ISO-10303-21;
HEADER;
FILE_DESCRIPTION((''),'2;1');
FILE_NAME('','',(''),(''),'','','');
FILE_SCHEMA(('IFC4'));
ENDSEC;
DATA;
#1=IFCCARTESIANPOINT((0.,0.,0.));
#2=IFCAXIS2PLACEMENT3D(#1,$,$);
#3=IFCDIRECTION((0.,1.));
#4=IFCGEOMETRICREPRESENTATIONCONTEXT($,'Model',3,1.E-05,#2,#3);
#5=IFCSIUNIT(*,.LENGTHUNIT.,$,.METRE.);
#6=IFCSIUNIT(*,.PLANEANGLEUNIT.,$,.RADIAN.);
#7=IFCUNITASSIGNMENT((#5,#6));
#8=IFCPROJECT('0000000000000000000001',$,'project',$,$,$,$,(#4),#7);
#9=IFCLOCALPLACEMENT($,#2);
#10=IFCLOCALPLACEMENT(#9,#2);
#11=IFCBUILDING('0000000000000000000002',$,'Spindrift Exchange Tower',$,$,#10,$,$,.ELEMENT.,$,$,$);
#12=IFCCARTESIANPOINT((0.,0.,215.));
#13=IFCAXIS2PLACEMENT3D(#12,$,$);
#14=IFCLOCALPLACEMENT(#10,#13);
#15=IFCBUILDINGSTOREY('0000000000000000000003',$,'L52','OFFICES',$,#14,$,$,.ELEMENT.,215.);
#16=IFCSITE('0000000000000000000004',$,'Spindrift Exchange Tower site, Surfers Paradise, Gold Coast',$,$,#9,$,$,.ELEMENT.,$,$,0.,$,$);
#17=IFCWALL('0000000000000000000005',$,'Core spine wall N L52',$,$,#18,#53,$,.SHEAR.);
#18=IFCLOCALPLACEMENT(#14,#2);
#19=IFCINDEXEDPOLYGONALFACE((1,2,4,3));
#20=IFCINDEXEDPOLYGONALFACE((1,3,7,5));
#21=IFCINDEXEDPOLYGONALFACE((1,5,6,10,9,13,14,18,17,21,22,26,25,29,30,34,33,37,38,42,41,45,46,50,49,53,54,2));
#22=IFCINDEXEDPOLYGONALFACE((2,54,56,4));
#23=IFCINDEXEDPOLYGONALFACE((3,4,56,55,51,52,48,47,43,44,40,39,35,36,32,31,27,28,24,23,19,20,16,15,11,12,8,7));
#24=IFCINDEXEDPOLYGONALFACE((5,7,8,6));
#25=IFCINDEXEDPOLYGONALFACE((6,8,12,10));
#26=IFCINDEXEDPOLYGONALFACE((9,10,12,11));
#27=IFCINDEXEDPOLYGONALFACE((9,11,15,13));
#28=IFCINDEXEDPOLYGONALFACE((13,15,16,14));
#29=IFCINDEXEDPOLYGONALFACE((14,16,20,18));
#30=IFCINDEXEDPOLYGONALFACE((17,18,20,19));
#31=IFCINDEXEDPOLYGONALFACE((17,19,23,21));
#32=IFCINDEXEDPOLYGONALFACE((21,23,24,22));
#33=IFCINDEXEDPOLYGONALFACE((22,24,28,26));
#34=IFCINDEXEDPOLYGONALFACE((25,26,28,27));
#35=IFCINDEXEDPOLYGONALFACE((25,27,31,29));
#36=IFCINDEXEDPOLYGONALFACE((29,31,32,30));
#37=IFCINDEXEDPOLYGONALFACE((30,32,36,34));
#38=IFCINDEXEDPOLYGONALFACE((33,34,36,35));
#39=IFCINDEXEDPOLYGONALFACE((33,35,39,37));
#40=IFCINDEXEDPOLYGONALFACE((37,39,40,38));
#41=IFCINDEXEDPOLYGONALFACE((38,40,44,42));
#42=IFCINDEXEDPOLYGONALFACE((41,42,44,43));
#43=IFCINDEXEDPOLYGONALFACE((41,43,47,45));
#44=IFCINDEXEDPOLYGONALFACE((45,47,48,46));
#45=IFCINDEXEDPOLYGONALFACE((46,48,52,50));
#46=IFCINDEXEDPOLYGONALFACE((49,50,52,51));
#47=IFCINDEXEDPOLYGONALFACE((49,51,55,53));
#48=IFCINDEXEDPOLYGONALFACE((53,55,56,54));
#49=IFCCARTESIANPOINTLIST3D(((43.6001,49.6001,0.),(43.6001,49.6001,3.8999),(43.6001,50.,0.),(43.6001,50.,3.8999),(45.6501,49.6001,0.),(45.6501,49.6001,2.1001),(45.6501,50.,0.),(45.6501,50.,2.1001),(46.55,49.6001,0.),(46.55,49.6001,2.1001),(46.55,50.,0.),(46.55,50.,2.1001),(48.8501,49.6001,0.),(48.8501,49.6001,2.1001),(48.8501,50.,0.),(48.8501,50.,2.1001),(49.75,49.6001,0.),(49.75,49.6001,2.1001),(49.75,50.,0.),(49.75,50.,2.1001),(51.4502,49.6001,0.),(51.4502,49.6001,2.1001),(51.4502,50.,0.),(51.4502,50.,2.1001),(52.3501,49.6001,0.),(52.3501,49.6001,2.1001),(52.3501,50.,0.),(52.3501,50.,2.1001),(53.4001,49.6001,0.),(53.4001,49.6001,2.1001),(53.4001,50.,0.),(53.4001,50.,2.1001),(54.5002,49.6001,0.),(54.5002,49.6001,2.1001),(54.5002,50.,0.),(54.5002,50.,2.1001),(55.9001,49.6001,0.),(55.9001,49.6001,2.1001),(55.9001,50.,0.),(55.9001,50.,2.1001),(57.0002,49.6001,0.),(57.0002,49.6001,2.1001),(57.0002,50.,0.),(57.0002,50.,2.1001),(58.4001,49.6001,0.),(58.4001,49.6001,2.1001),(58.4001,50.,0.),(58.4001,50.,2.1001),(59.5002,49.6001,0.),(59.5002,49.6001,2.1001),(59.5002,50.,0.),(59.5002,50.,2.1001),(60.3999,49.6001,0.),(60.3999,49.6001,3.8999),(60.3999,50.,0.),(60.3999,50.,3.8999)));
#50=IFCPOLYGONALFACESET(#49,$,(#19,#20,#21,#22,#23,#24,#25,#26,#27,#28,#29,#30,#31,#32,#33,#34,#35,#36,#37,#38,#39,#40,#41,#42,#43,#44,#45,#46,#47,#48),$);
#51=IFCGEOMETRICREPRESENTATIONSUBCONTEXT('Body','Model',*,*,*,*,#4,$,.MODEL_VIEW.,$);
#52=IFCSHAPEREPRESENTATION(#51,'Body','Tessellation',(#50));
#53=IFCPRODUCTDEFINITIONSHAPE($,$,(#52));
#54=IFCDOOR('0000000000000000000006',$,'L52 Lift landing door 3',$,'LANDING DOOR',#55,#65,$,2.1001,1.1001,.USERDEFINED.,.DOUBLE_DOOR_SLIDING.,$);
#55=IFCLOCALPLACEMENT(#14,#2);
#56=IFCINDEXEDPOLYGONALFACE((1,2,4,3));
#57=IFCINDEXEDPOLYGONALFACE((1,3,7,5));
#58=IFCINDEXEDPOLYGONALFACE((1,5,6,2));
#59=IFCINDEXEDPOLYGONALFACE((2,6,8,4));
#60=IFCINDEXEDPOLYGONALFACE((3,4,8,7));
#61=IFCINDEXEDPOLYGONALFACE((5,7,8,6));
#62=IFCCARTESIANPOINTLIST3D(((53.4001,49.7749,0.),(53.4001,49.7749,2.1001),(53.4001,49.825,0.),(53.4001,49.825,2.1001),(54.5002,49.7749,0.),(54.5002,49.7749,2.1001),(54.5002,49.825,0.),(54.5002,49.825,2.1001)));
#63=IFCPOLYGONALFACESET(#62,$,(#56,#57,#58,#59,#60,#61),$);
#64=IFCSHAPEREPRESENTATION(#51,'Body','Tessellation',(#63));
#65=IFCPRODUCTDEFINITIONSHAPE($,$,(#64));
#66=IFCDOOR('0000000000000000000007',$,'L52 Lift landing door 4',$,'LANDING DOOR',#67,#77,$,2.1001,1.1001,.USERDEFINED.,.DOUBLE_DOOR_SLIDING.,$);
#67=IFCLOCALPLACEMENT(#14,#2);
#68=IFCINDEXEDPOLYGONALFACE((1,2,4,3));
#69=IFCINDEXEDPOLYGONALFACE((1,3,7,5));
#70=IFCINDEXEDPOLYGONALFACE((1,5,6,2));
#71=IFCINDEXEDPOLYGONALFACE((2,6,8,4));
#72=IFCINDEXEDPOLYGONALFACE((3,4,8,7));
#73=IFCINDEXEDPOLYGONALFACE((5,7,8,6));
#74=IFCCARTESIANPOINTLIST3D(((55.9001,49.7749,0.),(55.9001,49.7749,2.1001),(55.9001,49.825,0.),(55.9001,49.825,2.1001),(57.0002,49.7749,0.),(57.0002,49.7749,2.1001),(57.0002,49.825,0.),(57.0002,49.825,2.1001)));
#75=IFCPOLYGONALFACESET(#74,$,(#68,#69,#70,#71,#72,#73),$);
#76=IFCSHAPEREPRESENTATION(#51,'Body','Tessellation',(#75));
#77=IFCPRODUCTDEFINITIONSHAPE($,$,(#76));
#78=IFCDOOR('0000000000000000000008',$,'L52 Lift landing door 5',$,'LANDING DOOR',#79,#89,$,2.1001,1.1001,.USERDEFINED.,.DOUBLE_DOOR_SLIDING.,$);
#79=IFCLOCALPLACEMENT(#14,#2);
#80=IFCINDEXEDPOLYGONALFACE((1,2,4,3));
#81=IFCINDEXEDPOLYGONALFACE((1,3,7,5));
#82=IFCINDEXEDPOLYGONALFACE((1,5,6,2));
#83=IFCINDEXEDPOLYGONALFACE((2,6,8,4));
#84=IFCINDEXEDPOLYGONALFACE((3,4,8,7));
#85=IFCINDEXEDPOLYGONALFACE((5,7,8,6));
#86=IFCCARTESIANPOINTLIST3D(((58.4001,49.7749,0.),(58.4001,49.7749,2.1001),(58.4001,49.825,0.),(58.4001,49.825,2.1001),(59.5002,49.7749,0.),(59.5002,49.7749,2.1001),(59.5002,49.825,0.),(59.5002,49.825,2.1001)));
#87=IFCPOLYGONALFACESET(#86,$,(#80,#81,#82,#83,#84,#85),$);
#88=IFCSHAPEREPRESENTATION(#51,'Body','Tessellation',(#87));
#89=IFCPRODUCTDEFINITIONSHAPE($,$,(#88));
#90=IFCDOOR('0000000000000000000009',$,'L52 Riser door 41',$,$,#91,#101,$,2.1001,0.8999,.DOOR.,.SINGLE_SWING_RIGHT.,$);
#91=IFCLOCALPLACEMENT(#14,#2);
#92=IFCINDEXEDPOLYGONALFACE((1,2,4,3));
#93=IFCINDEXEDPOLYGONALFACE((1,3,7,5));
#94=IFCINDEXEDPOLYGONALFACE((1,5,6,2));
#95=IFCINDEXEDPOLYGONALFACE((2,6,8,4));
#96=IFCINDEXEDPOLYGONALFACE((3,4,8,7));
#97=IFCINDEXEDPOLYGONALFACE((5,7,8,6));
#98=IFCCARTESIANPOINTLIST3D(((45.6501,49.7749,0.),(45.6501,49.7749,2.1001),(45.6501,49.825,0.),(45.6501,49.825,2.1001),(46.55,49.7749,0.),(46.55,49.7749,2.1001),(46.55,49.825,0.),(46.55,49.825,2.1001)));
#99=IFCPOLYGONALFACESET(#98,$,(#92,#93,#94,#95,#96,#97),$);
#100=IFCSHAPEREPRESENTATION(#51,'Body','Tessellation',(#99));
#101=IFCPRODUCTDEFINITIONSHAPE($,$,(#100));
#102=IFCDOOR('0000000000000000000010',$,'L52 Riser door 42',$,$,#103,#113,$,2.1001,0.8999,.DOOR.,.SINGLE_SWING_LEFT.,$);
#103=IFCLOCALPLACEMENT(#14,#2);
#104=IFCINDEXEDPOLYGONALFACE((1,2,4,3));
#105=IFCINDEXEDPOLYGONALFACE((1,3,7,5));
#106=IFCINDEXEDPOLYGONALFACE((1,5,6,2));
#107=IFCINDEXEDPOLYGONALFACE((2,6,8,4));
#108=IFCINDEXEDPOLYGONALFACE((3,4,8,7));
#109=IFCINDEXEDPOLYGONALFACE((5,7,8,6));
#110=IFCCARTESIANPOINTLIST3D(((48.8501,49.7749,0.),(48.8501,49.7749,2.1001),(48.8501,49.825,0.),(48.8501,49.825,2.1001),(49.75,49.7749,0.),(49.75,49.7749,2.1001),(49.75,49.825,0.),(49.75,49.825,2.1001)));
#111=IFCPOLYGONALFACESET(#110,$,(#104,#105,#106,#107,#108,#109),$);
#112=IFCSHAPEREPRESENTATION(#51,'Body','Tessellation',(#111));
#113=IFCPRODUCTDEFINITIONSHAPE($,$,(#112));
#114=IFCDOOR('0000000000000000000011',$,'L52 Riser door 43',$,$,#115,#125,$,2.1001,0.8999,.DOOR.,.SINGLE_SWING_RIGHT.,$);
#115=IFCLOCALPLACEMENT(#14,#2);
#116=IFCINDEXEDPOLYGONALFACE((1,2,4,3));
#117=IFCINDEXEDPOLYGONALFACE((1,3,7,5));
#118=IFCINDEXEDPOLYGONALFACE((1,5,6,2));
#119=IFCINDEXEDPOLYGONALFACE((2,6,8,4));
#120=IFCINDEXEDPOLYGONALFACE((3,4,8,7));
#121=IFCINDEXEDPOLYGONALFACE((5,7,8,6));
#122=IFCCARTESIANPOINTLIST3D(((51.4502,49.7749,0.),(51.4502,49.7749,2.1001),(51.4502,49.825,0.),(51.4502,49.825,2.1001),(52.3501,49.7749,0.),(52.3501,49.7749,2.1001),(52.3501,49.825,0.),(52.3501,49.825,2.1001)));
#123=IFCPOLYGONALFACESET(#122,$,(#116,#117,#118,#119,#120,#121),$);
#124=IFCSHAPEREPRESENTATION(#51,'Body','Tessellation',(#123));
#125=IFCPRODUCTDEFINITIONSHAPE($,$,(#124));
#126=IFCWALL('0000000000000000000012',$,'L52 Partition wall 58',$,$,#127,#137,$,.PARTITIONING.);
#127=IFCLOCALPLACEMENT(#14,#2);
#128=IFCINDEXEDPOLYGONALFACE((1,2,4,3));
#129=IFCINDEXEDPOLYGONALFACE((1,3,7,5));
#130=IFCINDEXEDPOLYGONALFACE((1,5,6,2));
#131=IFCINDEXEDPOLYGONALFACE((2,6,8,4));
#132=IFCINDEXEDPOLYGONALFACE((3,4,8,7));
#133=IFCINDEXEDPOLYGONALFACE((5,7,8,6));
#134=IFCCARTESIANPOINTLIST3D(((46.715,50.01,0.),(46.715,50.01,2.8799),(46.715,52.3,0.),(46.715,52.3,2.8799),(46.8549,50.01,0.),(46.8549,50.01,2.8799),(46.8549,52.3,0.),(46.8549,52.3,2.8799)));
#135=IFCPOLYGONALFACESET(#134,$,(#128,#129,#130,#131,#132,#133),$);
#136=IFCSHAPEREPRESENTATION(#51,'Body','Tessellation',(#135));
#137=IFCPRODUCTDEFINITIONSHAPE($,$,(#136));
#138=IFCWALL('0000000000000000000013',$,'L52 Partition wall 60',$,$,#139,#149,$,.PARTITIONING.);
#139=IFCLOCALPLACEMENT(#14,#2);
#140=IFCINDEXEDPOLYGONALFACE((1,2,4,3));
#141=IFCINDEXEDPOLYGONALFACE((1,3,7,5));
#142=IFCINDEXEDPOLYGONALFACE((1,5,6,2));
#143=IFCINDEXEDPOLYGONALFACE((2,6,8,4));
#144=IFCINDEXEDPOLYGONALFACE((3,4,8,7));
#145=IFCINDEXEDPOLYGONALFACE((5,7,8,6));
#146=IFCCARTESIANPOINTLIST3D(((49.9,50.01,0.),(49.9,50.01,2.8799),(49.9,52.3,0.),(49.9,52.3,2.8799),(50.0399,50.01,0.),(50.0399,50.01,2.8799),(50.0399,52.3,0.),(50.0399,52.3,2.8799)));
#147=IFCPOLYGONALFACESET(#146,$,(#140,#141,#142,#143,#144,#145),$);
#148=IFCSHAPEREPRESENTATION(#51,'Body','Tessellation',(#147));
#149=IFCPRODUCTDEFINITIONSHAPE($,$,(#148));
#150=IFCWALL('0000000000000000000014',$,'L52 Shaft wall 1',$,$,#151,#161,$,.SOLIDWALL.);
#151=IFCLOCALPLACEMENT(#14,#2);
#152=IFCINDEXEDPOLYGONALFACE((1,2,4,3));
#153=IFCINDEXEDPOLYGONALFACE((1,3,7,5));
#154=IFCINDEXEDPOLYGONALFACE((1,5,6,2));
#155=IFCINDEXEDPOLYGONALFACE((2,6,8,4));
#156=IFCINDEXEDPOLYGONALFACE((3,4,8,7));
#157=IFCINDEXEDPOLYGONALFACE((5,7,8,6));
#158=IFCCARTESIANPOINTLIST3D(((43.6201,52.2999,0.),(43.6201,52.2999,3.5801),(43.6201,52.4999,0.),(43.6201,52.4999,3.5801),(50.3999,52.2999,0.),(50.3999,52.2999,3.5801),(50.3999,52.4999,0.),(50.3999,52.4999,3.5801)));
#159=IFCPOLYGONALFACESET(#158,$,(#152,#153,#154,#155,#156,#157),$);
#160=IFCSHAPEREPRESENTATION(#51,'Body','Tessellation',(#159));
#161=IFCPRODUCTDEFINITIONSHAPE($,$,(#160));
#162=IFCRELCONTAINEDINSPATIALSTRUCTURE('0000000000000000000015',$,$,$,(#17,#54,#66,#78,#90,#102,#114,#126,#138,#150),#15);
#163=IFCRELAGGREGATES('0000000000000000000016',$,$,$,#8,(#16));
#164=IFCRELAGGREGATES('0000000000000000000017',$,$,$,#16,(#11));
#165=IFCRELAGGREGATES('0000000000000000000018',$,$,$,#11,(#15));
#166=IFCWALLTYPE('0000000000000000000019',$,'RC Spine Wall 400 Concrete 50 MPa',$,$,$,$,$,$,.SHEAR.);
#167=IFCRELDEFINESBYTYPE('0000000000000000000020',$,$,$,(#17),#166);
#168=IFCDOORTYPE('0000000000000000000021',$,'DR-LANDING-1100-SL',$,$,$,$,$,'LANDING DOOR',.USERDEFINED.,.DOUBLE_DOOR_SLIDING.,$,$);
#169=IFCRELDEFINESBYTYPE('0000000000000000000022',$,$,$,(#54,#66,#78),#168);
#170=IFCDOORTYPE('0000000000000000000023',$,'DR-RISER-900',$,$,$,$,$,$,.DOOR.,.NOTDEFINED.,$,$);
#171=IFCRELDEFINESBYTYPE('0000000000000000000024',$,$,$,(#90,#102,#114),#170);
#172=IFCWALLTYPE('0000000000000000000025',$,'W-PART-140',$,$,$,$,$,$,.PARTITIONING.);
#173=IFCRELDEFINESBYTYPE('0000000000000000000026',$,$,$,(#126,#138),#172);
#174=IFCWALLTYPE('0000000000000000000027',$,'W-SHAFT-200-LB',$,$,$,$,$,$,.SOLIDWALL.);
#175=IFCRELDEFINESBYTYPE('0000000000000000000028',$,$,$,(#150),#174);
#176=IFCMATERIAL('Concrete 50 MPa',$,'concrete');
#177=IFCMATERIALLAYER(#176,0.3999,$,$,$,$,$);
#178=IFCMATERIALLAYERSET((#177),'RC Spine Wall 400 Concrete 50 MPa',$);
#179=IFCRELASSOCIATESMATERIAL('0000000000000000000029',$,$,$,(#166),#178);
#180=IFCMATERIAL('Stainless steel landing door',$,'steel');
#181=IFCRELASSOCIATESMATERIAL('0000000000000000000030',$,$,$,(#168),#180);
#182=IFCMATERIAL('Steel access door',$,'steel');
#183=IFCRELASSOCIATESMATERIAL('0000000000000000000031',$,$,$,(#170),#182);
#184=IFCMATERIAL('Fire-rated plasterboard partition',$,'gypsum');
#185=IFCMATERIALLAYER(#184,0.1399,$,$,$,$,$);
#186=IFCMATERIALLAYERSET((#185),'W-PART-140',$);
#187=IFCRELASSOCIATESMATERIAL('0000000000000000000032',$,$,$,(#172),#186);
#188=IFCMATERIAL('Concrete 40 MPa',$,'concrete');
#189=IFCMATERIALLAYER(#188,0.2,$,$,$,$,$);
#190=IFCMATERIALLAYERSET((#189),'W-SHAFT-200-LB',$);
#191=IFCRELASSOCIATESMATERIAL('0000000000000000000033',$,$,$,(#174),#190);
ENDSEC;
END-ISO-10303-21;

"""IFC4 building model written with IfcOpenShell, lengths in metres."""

from ifc_helpers import new_model, si_unit, direction, frame, frame_2d, origin, place, context, subcontext, project, spatial, rectangle, extrude, source, transform, mapped, material, layer, layer_set, type_object, element, fill, save


model = new_model("IFC4")

# Units and contexts
model_context = context("Model", 3, precision=1e-05, world=origin(), true_north=direction((0.0, 1.0)))
body_context = subcontext(model_context, "Body", "Model", "MODEL_VIEW")
ifc_project = project(units=[si_unit("LENGTHUNIT", "METRE"), si_unit("PLANEANGLEUNIT", "RADIAN")], contexts=[model_context])

# Site, building, storey
site_placement = place(None, origin())
site = spatial("IfcSite", under=ifc_project, at=site_placement, Name="Spindrift Exchange Tower site, Surfers Paradise, Gold Coast", CompositionType="ELEMENT", RefElevation=0.0)
building_placement = place(site_placement, origin())
building = spatial("IfcBuilding", under=site, at=building_placement, Name="Spindrift Exchange Tower", CompositionType="ELEMENT")
storey_placement = place(building_placement, frame((0.0, 0.0, 215.0)))
storey = spatial("IfcBuildingStorey", under=building, at=storey_placement, Name="L52", Description="OFFICES", CompositionType="ELEMENT", Elevation=215.0)

# Shared definitions
ifc_material_1 = material(Name="Concrete 50 MPa", Category="concrete")

# Wall, openings, doors
ifc_layer_1 = layer(ifc_material_1, 0.3999)
ifc_layer_set_1 = layer_set([ifc_layer_1], Name="RC Spine Wall 400 Concrete 50 MPa")
wall_type_1 = type_object("IfcWallType", Name="RC Spine Wall 400 Concrete 50 MPa", PredefinedType="SHEAR", material=ifc_layer_set_1)
wall_1_placement = place(storey_placement, frame((43.6001, 49.8, 0.0), z_axis=(0.0, 0.0, 1.0), x_axis=(1.0, 0.0, 0.0)))
wall_1 = element("IfcWall", 1, at=wall_1_placement, inside=storey, type_object=wall_type_1, Name="Core spine wall N L52", PredefinedType="SHEAR", context=body_context, shape_type="SweptSolid", body=[
    extrude(rectangle(XDim=16.7998, YDim=0.3999, at=frame_2d((8.3999, 0.0))), origin(), (0.0, 0.0, 1.0), 3.8999),
])
opening_1_placement = place(wall_1_placement, frame((9.8, 0.0, 0.0)))
opening_1 = element("IfcOpeningElement", 2, at=opening_1_placement, cuts=wall_1, PredefinedType="OPENING", context=body_context, shape_type="SweptSolid", body=[
    extrude(rectangle(XDim=1.1001, YDim=2.1001, at=frame_2d((0.55, 1.05))), frame((0.0, 0.21, 0.0), z_axis=(0.0, -1.0, 0.0), x_axis=(1.0, 0.0, 0.0)), (0.0, 0.0, 1.0), 0.4199),
])
opening_2_placement = place(wall_1_placement, frame((12.3, 0.0, 0.0)))
opening_2 = element("IfcOpeningElement", 3, at=opening_2_placement, cuts=wall_1, PredefinedType="OPENING", context=body_context, shape_type="SweptSolid", body=[
    extrude(rectangle(XDim=1.1001, YDim=2.1001, at=frame_2d((0.55, 1.05))), frame((0.0, 0.21, 0.0), z_axis=(0.0, -1.0, 0.0), x_axis=(1.0, 0.0, 0.0)), (0.0, 0.0, 1.0), 0.4199),
])
opening_3_placement = place(wall_1_placement, frame((14.8, 0.0, 0.0)))
opening_3 = element("IfcOpeningElement", 4, at=opening_3_placement, cuts=wall_1, PredefinedType="OPENING", context=body_context, shape_type="SweptSolid", body=[
    extrude(rectangle(XDim=1.1001, YDim=2.1001, at=frame_2d((0.55, 1.05))), frame((0.0, 0.21, 0.0), z_axis=(0.0, -1.0, 0.0), x_axis=(1.0, 0.0, 0.0)), (0.0, 0.0, 1.0), 0.4199),
])
opening_4_placement = place(wall_1_placement, frame((2.05, 0.0, 0.0)))
opening_4 = element("IfcOpeningElement", 5, at=opening_4_placement, cuts=wall_1, PredefinedType="OPENING", context=body_context, shape_type="SweptSolid", body=[
    extrude(rectangle(XDim=0.8999, YDim=2.1001, at=frame_2d((0.45, 1.05))), frame((0.0, 0.21, 0.0), z_axis=(0.0, -1.0, 0.0), x_axis=(1.0, 0.0, 0.0)), (0.0, 0.0, 1.0), 0.4199),
])
opening_5_placement = place(wall_1_placement, frame((5.25, 0.0, 0.0)))
opening_5 = element("IfcOpeningElement", 6, at=opening_5_placement, cuts=wall_1, PredefinedType="OPENING", context=body_context, shape_type="SweptSolid", body=[
    extrude(rectangle(XDim=0.8999, YDim=2.1001, at=frame_2d((0.45, 1.05))), frame((0.0, 0.21, 0.0), z_axis=(0.0, -1.0, 0.0), x_axis=(1.0, 0.0, 0.0)), (0.0, 0.0, 1.0), 0.4199),
])
opening_6_placement = place(wall_1_placement, frame((7.8501, 0.0, 0.0)))
opening_6 = element("IfcOpeningElement", 7, at=opening_6_placement, cuts=wall_1, PredefinedType="OPENING", context=body_context, shape_type="SweptSolid", body=[
    extrude(rectangle(XDim=0.8999, YDim=2.1001, at=frame_2d((0.45, 1.05))), frame((0.0, 0.21, 0.0), z_axis=(0.0, -1.0, 0.0), x_axis=(1.0, 0.0, 0.0)), (0.0, 0.0, 1.0), 0.4199),
])
ifc_material_2 = material(Name="Stainless steel landing door", Category="steel")
door_type_1 = type_object("IfcDoorType", Name="DR-LANDING-1100-SL", ElementType="LANDING DOOR", OperationType="DOUBLE_DOOR_SLIDING", PredefinedType="USERDEFINED", material=ifc_material_2)
shared_shape_1 = source(origin(), body_context, "Body", "SweptSolid", [
    extrude(rectangle(XDim=1.1001, YDim=2.1001, at=frame_2d((0.55, 1.05))), frame((0.0, 0.0249, 0.0), z_axis=(0.0, -1.0, 0.0), x_axis=(1.0, 0.0, 0.0)), (0.0, 0.0, 1.0), 0.05),
])
door_1_placement = place(opening_1_placement, origin())
door_1 = element("IfcDoor", 8, at=door_1_placement, inside=storey, type_object=door_type_1, Name="L52 Lift landing door 3", ObjectType="LANDING DOOR", OperationType="DOUBLE_DOOR_SLIDING", OverallHeight=2.1001, OverallWidth=1.1001, PredefinedType="USERDEFINED", context=body_context, shape_type="MappedRepresentation", body=[
    mapped(shared_shape_1, transform((0.0, 0.0, 0.0), scale=1.0)),
])
fill(opening_1, door_1)
door_2_placement = place(opening_2_placement, origin())
door_2 = element("IfcDoor", 9, at=door_2_placement, inside=storey, type_object=door_type_1, Name="L52 Lift landing door 4", ObjectType="LANDING DOOR", OperationType="DOUBLE_DOOR_SLIDING", OverallHeight=2.1001, OverallWidth=1.1001, PredefinedType="USERDEFINED", context=body_context, shape_type="MappedRepresentation", body=[
    mapped(shared_shape_1, transform((0.0, 0.0, 0.0), scale=1.0)),
])
fill(opening_2, door_2)
door_3_placement = place(opening_3_placement, origin())
door_3 = element("IfcDoor", 10, at=door_3_placement, inside=storey, type_object=door_type_1, Name="L52 Lift landing door 5", ObjectType="LANDING DOOR", OperationType="DOUBLE_DOOR_SLIDING", OverallHeight=2.1001, OverallWidth=1.1001, PredefinedType="USERDEFINED", context=body_context, shape_type="MappedRepresentation", body=[
    mapped(shared_shape_1, transform((0.0, 0.0, 0.0), scale=1.0)),
])
fill(opening_3, door_3)
ifc_material_3 = material(Name="Steel access door", Category="steel")
door_type_2 = type_object("IfcDoorType", Name="DR-RISER-900", OperationType="NOTDEFINED", PredefinedType="DOOR", material=ifc_material_3)
shared_shape_2 = source(origin(), body_context, "Body", "SweptSolid", [
    extrude(rectangle(XDim=0.8999, YDim=2.1001, at=frame_2d((0.45, 1.05))), frame((0.0, 0.0249, 0.0), z_axis=(0.0, -1.0, 0.0), x_axis=(1.0, 0.0, 0.0)), (0.0, 0.0, 1.0), 0.05),
])
door_4_placement = place(opening_4_placement, origin())
door_4 = element("IfcDoor", 11, at=door_4_placement, inside=storey, type_object=door_type_2, Name="L52 Riser door 41", OperationType="SINGLE_SWING_RIGHT", OverallHeight=2.1001, OverallWidth=0.8999, PredefinedType="DOOR", context=body_context, shape_type="MappedRepresentation", body=[
    mapped(shared_shape_2, transform((0.0, 0.0, 0.0), scale=1.0)),
])
fill(opening_4, door_4)
door_5_placement = place(opening_5_placement, origin())
door_5 = element("IfcDoor", 12, at=door_5_placement, inside=storey, type_object=door_type_2, Name="L52 Riser door 42", OperationType="SINGLE_SWING_LEFT", OverallHeight=2.1001, OverallWidth=0.8999, PredefinedType="DOOR", context=body_context, shape_type="MappedRepresentation", body=[
    mapped(shared_shape_2, transform((0.0, 0.0, 0.0), scale=1.0)),
])
fill(opening_5, door_5)
door_6_placement = place(opening_6_placement, origin())
door_6 = element("IfcDoor", 13, at=door_6_placement, inside=storey, type_object=door_type_2, Name="L52 Riser door 43", OperationType="SINGLE_SWING_RIGHT", OverallHeight=2.1001, OverallWidth=0.8999, PredefinedType="DOOR", context=body_context, shape_type="MappedRepresentation", body=[
    mapped(shared_shape_2, transform((0.0, 0.0, 0.0), scale=1.0)),
])
fill(opening_6, door_6)

# Walls
ifc_material_4 = material(Name="Fire-rated plasterboard partition", Category="gypsum")
ifc_layer_2 = layer(ifc_material_4, 0.1399)
ifc_layer_set_2 = layer_set([ifc_layer_2], Name="W-PART-140")
wall_type_2 = type_object("IfcWallType", Name="W-PART-140", PredefinedType="PARTITIONING", material=ifc_layer_set_2)
for number, where, z_axis, x_axis, name in (
    (14, (46.7849, 50.01, 0.0), (0.0, 0.0, 1.0), (0.0, 1.0, 0.0), "L52 Partition wall 58"),
    (15, (49.97, 50.01, 0.0), (0.0, 0.0, 1.0), (0.0, 1.0, 0.0), "L52 Partition wall 60"),
):
    element("IfcWall", number, at=place(storey_placement, frame(where, z_axis=z_axis, x_axis=x_axis)), inside=storey, type_object=wall_type_2, Name=name, PredefinedType="PARTITIONING", context=body_context, shape_type="SweptSolid", body=[
        extrude(rectangle(XDim=2.29, YDim=0.1399, at=frame_2d((1.145, 0.0))), origin(), (0.0, 0.0, 1.0), 2.8799),
    ])
ifc_material_5 = material(Name="Concrete 40 MPa", Category="concrete")
ifc_layer_3 = layer(ifc_material_5, 0.2)
ifc_layer_set_3 = layer_set([ifc_layer_3], Name="W-SHAFT-200-LB")
wall_type_3 = type_object("IfcWallType", Name="W-SHAFT-200-LB", PredefinedType="SOLIDWALL", material=ifc_layer_set_3)
wall_2_placement = place(storey_placement, frame((43.6201, 52.3999, 0.0), z_axis=(0.0, 0.0, 1.0), x_axis=(1.0, 0.0, 0.0)))
element("IfcWall", 16, at=wall_2_placement, inside=storey, type_object=wall_type_3, Name="L52 Shaft wall 1", PredefinedType="SOLIDWALL", context=body_context, shape_type="SweptSolid", body=[
    extrude(rectangle(XDim=6.7798, YDim=0.2, at=frame_2d((3.3899, 0.0))), origin(), (0.0, 0.0, 1.0), 3.5801),
])

save(model, "model.ifc")
